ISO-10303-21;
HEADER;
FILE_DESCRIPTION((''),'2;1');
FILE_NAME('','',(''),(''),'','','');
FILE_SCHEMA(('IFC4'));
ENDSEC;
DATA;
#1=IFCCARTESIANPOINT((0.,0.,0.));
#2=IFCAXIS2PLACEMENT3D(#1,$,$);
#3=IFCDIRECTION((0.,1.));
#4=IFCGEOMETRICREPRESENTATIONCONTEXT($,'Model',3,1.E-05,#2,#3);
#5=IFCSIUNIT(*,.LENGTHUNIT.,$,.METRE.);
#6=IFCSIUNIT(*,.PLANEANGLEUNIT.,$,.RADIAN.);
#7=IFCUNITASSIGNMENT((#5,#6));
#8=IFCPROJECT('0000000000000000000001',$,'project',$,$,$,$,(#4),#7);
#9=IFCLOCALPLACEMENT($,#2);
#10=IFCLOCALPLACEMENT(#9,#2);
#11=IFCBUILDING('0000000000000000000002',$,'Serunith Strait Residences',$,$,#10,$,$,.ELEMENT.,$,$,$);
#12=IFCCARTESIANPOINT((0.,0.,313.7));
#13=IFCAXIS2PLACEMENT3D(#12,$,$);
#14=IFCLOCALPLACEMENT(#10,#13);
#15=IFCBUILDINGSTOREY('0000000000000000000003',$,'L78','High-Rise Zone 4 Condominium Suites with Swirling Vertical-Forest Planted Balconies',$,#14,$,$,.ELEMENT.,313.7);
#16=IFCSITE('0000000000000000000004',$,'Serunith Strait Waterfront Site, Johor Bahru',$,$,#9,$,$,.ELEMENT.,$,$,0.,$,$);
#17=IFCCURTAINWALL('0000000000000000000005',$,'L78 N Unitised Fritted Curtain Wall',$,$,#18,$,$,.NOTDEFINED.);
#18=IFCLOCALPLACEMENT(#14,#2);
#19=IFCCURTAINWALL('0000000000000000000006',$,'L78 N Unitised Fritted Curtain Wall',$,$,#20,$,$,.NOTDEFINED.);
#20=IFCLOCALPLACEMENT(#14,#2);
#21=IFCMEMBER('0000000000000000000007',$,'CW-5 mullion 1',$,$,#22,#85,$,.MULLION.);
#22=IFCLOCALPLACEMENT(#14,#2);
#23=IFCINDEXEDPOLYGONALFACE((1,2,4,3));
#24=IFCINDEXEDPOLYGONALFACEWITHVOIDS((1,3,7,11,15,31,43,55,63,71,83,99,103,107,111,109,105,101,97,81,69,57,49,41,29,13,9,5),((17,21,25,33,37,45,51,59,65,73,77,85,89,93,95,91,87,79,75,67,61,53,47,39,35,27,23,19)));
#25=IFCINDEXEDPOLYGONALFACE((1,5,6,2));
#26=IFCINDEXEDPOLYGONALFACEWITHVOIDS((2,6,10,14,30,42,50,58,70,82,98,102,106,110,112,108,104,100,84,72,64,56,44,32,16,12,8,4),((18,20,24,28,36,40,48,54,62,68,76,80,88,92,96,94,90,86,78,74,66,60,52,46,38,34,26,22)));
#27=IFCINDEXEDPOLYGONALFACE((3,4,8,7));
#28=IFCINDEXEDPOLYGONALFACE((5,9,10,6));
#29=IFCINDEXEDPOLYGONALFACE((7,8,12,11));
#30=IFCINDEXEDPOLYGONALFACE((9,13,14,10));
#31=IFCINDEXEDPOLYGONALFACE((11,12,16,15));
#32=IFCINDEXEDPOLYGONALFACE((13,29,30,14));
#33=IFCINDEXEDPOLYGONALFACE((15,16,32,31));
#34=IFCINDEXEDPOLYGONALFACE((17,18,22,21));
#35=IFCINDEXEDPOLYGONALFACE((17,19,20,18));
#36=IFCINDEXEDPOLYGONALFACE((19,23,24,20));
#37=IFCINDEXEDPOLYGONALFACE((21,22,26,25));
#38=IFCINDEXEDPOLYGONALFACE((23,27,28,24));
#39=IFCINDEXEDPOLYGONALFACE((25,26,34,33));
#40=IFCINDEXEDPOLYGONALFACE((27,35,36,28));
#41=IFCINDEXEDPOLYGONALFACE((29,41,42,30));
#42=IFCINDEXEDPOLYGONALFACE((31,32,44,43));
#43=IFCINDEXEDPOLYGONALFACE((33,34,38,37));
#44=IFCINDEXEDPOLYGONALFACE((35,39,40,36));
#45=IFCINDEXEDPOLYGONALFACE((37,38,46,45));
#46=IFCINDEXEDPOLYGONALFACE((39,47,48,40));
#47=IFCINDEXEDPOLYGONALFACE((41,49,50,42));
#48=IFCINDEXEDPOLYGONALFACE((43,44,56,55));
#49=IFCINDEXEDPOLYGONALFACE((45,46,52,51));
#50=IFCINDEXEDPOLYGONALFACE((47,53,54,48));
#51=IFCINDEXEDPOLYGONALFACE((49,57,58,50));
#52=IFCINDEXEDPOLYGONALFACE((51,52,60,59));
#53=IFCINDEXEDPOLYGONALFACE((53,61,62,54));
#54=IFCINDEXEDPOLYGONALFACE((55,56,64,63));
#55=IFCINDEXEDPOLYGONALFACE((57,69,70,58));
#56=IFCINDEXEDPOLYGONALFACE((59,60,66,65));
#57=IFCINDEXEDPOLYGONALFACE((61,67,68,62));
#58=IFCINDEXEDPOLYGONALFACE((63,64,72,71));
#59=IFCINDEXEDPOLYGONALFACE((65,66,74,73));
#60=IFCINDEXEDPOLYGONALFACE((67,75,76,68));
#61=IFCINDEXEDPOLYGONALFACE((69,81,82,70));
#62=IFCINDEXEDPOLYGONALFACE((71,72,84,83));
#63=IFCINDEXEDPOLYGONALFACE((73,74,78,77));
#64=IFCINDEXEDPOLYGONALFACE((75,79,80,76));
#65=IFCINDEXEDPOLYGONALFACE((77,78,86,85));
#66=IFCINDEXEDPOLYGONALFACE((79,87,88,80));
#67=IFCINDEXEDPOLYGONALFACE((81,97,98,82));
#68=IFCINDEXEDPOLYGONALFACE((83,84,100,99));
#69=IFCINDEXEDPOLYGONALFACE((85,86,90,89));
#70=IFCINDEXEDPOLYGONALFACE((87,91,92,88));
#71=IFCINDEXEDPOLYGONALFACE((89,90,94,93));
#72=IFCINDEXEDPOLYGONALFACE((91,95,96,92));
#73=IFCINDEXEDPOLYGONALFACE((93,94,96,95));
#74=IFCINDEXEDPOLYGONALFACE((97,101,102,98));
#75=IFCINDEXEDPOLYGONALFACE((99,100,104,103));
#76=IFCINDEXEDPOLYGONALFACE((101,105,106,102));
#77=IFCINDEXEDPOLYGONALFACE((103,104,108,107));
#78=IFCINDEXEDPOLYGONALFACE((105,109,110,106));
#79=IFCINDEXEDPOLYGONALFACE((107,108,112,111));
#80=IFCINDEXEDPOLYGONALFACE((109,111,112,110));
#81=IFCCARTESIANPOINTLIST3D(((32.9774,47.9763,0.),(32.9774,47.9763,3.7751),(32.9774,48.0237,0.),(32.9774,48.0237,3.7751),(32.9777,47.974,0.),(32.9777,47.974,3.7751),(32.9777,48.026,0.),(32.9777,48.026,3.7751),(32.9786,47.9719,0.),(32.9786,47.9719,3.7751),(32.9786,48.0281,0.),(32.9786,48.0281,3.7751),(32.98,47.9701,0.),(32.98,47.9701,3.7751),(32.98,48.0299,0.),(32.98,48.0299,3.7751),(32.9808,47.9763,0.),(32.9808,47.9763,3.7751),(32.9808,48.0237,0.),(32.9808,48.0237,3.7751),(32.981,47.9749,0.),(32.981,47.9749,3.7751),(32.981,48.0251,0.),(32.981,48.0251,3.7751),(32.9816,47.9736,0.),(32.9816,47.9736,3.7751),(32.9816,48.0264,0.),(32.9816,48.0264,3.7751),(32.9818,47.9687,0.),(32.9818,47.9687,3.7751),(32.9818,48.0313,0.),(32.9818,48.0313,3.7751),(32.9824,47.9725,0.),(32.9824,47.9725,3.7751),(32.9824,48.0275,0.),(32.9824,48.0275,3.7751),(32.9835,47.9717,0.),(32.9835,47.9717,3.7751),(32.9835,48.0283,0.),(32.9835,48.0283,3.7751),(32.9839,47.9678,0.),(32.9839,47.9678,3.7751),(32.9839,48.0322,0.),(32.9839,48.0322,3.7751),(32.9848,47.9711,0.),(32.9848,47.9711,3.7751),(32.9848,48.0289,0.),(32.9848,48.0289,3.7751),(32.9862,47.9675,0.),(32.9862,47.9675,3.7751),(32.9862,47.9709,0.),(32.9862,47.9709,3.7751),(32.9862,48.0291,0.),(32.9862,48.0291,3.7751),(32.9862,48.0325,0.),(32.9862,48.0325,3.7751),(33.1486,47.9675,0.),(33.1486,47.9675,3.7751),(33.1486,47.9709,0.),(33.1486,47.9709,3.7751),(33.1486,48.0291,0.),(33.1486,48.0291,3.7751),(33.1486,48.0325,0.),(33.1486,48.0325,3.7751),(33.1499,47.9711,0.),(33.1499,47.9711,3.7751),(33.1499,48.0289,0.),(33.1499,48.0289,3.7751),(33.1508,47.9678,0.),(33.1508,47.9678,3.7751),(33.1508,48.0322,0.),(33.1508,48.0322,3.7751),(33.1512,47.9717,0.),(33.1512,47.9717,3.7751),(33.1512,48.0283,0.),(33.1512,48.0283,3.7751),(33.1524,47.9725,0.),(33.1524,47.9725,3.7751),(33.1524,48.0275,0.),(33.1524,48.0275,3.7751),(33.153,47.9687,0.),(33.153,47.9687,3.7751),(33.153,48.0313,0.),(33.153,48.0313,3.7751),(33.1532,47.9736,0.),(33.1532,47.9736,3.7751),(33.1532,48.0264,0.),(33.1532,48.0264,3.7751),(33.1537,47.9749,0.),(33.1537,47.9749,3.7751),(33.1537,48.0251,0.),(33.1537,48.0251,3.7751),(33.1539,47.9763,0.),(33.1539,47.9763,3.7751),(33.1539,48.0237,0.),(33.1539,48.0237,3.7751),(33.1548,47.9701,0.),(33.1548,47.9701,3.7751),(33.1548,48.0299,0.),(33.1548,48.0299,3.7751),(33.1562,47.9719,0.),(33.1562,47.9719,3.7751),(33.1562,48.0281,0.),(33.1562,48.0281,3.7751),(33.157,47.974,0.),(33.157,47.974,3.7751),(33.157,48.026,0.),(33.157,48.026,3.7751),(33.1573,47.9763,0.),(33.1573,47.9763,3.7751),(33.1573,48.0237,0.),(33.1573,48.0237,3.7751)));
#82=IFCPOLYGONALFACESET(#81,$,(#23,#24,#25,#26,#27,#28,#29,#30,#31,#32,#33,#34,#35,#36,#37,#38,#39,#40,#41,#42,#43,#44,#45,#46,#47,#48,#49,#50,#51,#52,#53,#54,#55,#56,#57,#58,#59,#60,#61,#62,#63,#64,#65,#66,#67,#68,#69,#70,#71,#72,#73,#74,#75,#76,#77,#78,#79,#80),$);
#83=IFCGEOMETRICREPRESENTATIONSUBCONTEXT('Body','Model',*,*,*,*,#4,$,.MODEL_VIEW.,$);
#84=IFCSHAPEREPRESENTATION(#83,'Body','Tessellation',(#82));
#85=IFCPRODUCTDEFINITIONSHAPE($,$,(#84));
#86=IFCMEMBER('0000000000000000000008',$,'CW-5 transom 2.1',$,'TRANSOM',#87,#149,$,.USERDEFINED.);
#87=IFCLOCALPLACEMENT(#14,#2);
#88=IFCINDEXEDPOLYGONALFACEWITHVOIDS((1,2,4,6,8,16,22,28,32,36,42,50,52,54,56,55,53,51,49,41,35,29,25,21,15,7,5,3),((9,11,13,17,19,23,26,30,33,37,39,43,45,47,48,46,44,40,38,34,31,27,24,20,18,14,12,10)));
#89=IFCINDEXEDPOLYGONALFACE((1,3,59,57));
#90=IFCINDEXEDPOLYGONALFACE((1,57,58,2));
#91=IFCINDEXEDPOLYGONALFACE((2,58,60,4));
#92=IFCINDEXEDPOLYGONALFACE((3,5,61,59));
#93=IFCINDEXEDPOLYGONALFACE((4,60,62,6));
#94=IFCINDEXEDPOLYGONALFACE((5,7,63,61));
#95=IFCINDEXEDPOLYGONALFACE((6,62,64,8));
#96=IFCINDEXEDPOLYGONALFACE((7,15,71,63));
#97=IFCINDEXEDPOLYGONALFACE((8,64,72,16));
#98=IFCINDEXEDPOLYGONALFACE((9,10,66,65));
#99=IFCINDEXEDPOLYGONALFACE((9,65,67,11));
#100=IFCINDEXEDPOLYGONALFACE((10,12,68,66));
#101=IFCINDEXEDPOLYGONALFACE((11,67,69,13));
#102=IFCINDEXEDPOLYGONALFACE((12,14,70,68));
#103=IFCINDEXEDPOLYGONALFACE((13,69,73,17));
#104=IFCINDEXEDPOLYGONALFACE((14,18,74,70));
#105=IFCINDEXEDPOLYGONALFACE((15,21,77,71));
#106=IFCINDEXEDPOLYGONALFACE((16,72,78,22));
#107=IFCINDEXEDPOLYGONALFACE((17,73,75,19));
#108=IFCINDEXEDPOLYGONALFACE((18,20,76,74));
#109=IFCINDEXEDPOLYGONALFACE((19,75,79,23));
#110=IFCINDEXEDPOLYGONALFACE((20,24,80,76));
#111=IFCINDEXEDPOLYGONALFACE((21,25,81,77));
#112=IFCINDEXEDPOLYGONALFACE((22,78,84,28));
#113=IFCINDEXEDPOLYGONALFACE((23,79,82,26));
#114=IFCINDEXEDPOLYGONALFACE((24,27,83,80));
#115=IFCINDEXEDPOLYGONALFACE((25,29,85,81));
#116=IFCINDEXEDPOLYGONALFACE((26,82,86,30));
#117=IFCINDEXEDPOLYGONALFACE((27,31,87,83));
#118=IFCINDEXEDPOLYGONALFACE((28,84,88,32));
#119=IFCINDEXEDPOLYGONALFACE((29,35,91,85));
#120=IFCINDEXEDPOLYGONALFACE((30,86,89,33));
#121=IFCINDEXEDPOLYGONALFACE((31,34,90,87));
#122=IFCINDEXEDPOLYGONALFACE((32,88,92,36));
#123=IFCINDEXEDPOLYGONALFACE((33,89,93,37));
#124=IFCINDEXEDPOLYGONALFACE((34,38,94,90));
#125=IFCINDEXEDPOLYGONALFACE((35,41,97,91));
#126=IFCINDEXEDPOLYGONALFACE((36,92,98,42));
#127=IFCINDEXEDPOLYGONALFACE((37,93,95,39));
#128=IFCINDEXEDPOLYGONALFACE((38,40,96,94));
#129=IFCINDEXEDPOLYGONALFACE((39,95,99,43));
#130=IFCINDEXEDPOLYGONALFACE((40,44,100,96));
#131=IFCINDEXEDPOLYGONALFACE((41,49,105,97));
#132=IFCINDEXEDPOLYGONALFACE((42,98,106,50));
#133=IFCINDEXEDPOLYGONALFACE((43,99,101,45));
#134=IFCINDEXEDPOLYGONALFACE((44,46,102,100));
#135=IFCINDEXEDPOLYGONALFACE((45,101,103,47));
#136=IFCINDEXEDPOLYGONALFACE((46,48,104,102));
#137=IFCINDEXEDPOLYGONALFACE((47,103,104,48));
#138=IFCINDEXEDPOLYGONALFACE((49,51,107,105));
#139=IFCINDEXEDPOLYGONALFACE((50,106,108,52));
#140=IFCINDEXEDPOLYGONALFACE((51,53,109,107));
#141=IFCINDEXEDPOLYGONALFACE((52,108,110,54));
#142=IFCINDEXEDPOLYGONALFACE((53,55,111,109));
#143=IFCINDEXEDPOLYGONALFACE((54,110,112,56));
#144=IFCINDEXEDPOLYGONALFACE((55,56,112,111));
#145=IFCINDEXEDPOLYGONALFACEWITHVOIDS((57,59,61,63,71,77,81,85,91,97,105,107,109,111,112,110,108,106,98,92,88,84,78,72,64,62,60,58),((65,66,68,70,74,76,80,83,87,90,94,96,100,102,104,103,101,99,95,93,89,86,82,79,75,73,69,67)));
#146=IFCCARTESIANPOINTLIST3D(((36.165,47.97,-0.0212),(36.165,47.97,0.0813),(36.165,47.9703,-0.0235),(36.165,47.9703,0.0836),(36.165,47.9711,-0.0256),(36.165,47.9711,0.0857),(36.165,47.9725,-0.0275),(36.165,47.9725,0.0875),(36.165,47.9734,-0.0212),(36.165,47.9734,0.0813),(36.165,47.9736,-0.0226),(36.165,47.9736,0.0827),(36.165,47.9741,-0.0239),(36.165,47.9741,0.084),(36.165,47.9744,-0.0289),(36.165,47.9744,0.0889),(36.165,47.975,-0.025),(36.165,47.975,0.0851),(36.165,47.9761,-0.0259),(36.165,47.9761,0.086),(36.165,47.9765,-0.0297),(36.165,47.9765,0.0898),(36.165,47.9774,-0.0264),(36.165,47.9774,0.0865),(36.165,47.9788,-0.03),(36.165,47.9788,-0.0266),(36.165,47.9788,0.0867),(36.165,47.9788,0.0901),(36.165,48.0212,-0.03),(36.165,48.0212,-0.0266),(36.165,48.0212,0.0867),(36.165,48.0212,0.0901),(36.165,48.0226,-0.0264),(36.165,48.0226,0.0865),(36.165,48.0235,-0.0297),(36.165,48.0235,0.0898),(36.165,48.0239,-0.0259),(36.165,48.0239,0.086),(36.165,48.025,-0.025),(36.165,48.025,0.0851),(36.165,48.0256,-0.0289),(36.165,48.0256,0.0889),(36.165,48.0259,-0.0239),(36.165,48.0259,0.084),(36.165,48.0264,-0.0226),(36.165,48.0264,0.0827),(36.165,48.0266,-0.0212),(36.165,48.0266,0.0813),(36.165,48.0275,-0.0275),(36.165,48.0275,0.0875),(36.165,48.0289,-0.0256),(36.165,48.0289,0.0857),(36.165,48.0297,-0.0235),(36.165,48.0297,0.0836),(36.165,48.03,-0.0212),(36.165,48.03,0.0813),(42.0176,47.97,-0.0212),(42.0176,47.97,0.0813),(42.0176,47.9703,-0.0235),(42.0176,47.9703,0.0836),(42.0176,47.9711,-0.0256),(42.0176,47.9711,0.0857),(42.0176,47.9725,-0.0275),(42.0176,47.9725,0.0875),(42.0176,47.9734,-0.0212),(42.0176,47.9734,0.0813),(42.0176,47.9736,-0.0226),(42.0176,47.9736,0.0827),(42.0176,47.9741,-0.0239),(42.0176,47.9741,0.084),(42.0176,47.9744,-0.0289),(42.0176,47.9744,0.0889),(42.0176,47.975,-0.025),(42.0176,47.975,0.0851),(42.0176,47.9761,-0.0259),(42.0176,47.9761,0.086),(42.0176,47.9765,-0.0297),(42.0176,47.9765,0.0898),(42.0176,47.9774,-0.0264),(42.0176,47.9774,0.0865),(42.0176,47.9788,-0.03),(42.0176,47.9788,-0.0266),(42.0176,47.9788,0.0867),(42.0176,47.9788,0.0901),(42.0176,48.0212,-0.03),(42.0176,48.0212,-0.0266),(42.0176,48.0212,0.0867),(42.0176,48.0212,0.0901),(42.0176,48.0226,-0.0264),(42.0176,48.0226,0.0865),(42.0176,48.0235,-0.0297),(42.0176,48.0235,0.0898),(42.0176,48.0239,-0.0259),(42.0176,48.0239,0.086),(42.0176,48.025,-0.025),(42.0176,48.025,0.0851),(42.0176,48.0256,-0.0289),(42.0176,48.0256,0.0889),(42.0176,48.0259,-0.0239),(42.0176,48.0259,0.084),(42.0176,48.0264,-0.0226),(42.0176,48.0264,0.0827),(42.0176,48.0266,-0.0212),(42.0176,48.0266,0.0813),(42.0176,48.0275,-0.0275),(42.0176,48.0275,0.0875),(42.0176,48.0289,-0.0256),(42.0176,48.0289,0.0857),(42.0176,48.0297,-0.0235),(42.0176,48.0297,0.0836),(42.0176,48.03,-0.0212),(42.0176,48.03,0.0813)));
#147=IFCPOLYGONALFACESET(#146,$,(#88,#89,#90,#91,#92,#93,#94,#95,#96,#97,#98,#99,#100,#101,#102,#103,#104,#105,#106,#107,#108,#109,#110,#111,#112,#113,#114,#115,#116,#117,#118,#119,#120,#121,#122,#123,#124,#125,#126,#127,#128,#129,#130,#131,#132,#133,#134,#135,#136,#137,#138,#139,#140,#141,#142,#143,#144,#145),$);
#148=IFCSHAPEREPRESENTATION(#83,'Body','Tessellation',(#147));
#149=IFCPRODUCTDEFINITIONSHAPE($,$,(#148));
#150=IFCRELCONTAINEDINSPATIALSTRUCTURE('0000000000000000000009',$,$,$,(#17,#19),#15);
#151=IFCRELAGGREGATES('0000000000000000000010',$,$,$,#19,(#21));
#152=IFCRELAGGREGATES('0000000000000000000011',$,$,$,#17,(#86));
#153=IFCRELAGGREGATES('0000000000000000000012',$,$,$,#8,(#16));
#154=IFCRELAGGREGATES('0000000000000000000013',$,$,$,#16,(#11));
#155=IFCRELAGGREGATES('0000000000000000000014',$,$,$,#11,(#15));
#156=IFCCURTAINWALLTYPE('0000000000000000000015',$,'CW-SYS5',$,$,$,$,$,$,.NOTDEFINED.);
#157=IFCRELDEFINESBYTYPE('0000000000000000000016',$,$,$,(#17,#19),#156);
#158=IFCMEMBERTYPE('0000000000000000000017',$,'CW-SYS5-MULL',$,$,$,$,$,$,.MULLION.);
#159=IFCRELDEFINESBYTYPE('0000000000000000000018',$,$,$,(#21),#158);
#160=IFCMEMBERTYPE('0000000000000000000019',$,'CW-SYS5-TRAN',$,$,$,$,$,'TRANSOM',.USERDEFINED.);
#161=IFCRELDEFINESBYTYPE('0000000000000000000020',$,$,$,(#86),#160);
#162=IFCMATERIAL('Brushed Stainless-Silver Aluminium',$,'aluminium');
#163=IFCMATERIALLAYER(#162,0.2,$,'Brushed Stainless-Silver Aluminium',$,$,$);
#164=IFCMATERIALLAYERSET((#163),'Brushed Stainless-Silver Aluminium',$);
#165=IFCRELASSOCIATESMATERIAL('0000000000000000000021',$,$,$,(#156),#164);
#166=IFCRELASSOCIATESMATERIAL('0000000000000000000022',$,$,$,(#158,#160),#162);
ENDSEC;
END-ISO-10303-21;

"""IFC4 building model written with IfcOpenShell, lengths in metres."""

from ifc_helpers import new_model, si_unit, direction, frame, origin, origin_2d, place, context, subcontext, project, spatial, hollow_rectangle, extrude, source, transform, mapped, material, layer, layer_set, material_profile, profile_set, type_object, element, aggregate, save


model = new_model("IFC4")

# Units and contexts
model_context = context("Model", 3, precision=1e-05, world=origin(), true_north=direction((0.0, 1.0)))
body_context = subcontext(model_context, "Body", "Model", "MODEL_VIEW")
ifc_project = project(units=[si_unit("LENGTHUNIT", "METRE"), si_unit("PLANEANGLEUNIT", "RADIAN")], contexts=[model_context])

# Site, building, storey
site_placement = place(None, origin())
site = spatial("IfcSite", under=ifc_project, at=site_placement, Name="Serunith Strait Waterfront Site, Johor Bahru", CompositionType="ELEMENT", RefElevation=0.0)
building_placement = place(site_placement, origin())
building = spatial("IfcBuilding", under=site, at=building_placement, Name="Serunith Strait Residences", CompositionType="ELEMENT")
storey_placement = place(building_placement, frame((0.0, 0.0, 313.7)))
storey = spatial("IfcBuildingStorey", under=building, at=storey_placement, Name="L78", Description="High-Rise Zone 4 Condominium Suites with Swirling Vertical-Forest Planted Balconies", CompositionType="ELEMENT", Elevation=313.7)

# Curtain wall
ifc_material_1 = material(Name="Brushed Stainless-Silver Aluminium", Category="aluminium")
ifc_layer_1 = layer(ifc_material_1, 0.2, Name="Brushed Stainless-Silver Aluminium")
ifc_layer_set_1 = layer_set([ifc_layer_1], Name="Brushed Stainless-Silver Aluminium")
curtain_wall_type = type_object("IfcCurtainWallType", Name="CW-SYS5", PredefinedType="NOTDEFINED", material=ifc_layer_set_1)
curtain_wall_1_placement = place(storey_placement, origin())
curtain_wall_1 = element("IfcCurtainWall", 1, at=curtain_wall_1_placement, inside=storey, type_object=curtain_wall_type, Name="L78 N Unitised Fritted Curtain Wall", PredefinedType="NOTDEFINED")
ifc_material_profile_1 = material_profile(ifc_material_1, hollow_rectangle(XDim=0.0649, YDim=0.1799, WallThickness=0.0034, InnerFilletRadius=0.0054, OuterFilletRadius=0.0088, at=origin_2d()), Name="ALU 180x65x3.5")
ifc_profile_set_1 = profile_set([ifc_material_profile_1], Name="Brushed Stainless-Silver Aluminium")
member_type_1 = type_object("IfcMemberType", Name="CW-SYS5-MULL", PredefinedType="MULLION", material=ifc_profile_set_1)
shared_shape_1 = source(origin(), body_context, "Body", "SweptSolid", [
    extrude(hollow_rectangle(XDim=0.0649, YDim=0.1799, WallThickness=0.0034, InnerFilletRadius=0.0054, OuterFilletRadius=0.0088, at=origin_2d()), origin(), (0.0, 0.0, 1.0), 3.7751),
])

# Curtain wall, member
curtain_wall_2_placement = place(storey_placement, origin())
curtain_wall_2 = element("IfcCurtainWall", 2, at=curtain_wall_2_placement, inside=storey, type_object=curtain_wall_type, Name="L78 N Unitised Fritted Curtain Wall", PredefinedType="NOTDEFINED")
member_1_placement = place(storey_placement, frame((33.0674, 48.0, 0.0), z_axis=(0.0, 0.0, 1.0), x_axis=(0.0, -1.0, 0.0)))
member_1 = element("IfcMember", 3, at=member_1_placement, type_object=member_type_1, Name="CW-5 mullion 1", PredefinedType="MULLION", context=body_context, shape_type="MappedRepresentation", body=[
    mapped(shared_shape_1, transform((0.0, 0.0, 0.0), scale=1.0)),
])

# Member
ifc_material_profile_2 = material_profile(ifc_material_1, hollow_rectangle(XDim=0.0601, YDim=0.1201, WallThickness=0.0034, InnerFilletRadius=0.0054, OuterFilletRadius=0.0088, at=origin_2d()), Name="ALU 120x60x3.5")
ifc_profile_set_2 = profile_set([ifc_material_profile_2], Name="Brushed Stainless-Silver Aluminium")
member_type_2 = type_object("IfcMemberType", Name="CW-SYS5-TRAN", ElementType="TRANSOM", PredefinedType="USERDEFINED", material=ifc_profile_set_2)
shared_shape_2 = source(origin(), body_context, "Body", "SweptSolid", [
    extrude(hollow_rectangle(XDim=0.0601, YDim=0.1201, WallThickness=0.0034, InnerFilletRadius=0.0054, OuterFilletRadius=0.0088, at=origin_2d()), origin(), (0.0, 0.0, 1.0), 5.8525),
])
member_2_placement = place(storey_placement, frame((42.0176, 48.0, 0.03), z_axis=(-1.0, 0.0, 0.0), x_axis=(0.0, -1.0, 0.0)))
member_2 = element("IfcMember", 4, at=member_2_placement, type_object=member_type_2, Name="CW-5 transom 2.1", ObjectType="TRANSOM", PredefinedType="USERDEFINED", context=body_context, shape_type="MappedRepresentation", body=[
    mapped(shared_shape_2, transform((0.0, 0.0, 0.0), scale=1.0)),
])
aggregate(curtain_wall_2, [member_1])

aggregate(curtain_wall_1, [member_2])

save(model, "model.ifc")
